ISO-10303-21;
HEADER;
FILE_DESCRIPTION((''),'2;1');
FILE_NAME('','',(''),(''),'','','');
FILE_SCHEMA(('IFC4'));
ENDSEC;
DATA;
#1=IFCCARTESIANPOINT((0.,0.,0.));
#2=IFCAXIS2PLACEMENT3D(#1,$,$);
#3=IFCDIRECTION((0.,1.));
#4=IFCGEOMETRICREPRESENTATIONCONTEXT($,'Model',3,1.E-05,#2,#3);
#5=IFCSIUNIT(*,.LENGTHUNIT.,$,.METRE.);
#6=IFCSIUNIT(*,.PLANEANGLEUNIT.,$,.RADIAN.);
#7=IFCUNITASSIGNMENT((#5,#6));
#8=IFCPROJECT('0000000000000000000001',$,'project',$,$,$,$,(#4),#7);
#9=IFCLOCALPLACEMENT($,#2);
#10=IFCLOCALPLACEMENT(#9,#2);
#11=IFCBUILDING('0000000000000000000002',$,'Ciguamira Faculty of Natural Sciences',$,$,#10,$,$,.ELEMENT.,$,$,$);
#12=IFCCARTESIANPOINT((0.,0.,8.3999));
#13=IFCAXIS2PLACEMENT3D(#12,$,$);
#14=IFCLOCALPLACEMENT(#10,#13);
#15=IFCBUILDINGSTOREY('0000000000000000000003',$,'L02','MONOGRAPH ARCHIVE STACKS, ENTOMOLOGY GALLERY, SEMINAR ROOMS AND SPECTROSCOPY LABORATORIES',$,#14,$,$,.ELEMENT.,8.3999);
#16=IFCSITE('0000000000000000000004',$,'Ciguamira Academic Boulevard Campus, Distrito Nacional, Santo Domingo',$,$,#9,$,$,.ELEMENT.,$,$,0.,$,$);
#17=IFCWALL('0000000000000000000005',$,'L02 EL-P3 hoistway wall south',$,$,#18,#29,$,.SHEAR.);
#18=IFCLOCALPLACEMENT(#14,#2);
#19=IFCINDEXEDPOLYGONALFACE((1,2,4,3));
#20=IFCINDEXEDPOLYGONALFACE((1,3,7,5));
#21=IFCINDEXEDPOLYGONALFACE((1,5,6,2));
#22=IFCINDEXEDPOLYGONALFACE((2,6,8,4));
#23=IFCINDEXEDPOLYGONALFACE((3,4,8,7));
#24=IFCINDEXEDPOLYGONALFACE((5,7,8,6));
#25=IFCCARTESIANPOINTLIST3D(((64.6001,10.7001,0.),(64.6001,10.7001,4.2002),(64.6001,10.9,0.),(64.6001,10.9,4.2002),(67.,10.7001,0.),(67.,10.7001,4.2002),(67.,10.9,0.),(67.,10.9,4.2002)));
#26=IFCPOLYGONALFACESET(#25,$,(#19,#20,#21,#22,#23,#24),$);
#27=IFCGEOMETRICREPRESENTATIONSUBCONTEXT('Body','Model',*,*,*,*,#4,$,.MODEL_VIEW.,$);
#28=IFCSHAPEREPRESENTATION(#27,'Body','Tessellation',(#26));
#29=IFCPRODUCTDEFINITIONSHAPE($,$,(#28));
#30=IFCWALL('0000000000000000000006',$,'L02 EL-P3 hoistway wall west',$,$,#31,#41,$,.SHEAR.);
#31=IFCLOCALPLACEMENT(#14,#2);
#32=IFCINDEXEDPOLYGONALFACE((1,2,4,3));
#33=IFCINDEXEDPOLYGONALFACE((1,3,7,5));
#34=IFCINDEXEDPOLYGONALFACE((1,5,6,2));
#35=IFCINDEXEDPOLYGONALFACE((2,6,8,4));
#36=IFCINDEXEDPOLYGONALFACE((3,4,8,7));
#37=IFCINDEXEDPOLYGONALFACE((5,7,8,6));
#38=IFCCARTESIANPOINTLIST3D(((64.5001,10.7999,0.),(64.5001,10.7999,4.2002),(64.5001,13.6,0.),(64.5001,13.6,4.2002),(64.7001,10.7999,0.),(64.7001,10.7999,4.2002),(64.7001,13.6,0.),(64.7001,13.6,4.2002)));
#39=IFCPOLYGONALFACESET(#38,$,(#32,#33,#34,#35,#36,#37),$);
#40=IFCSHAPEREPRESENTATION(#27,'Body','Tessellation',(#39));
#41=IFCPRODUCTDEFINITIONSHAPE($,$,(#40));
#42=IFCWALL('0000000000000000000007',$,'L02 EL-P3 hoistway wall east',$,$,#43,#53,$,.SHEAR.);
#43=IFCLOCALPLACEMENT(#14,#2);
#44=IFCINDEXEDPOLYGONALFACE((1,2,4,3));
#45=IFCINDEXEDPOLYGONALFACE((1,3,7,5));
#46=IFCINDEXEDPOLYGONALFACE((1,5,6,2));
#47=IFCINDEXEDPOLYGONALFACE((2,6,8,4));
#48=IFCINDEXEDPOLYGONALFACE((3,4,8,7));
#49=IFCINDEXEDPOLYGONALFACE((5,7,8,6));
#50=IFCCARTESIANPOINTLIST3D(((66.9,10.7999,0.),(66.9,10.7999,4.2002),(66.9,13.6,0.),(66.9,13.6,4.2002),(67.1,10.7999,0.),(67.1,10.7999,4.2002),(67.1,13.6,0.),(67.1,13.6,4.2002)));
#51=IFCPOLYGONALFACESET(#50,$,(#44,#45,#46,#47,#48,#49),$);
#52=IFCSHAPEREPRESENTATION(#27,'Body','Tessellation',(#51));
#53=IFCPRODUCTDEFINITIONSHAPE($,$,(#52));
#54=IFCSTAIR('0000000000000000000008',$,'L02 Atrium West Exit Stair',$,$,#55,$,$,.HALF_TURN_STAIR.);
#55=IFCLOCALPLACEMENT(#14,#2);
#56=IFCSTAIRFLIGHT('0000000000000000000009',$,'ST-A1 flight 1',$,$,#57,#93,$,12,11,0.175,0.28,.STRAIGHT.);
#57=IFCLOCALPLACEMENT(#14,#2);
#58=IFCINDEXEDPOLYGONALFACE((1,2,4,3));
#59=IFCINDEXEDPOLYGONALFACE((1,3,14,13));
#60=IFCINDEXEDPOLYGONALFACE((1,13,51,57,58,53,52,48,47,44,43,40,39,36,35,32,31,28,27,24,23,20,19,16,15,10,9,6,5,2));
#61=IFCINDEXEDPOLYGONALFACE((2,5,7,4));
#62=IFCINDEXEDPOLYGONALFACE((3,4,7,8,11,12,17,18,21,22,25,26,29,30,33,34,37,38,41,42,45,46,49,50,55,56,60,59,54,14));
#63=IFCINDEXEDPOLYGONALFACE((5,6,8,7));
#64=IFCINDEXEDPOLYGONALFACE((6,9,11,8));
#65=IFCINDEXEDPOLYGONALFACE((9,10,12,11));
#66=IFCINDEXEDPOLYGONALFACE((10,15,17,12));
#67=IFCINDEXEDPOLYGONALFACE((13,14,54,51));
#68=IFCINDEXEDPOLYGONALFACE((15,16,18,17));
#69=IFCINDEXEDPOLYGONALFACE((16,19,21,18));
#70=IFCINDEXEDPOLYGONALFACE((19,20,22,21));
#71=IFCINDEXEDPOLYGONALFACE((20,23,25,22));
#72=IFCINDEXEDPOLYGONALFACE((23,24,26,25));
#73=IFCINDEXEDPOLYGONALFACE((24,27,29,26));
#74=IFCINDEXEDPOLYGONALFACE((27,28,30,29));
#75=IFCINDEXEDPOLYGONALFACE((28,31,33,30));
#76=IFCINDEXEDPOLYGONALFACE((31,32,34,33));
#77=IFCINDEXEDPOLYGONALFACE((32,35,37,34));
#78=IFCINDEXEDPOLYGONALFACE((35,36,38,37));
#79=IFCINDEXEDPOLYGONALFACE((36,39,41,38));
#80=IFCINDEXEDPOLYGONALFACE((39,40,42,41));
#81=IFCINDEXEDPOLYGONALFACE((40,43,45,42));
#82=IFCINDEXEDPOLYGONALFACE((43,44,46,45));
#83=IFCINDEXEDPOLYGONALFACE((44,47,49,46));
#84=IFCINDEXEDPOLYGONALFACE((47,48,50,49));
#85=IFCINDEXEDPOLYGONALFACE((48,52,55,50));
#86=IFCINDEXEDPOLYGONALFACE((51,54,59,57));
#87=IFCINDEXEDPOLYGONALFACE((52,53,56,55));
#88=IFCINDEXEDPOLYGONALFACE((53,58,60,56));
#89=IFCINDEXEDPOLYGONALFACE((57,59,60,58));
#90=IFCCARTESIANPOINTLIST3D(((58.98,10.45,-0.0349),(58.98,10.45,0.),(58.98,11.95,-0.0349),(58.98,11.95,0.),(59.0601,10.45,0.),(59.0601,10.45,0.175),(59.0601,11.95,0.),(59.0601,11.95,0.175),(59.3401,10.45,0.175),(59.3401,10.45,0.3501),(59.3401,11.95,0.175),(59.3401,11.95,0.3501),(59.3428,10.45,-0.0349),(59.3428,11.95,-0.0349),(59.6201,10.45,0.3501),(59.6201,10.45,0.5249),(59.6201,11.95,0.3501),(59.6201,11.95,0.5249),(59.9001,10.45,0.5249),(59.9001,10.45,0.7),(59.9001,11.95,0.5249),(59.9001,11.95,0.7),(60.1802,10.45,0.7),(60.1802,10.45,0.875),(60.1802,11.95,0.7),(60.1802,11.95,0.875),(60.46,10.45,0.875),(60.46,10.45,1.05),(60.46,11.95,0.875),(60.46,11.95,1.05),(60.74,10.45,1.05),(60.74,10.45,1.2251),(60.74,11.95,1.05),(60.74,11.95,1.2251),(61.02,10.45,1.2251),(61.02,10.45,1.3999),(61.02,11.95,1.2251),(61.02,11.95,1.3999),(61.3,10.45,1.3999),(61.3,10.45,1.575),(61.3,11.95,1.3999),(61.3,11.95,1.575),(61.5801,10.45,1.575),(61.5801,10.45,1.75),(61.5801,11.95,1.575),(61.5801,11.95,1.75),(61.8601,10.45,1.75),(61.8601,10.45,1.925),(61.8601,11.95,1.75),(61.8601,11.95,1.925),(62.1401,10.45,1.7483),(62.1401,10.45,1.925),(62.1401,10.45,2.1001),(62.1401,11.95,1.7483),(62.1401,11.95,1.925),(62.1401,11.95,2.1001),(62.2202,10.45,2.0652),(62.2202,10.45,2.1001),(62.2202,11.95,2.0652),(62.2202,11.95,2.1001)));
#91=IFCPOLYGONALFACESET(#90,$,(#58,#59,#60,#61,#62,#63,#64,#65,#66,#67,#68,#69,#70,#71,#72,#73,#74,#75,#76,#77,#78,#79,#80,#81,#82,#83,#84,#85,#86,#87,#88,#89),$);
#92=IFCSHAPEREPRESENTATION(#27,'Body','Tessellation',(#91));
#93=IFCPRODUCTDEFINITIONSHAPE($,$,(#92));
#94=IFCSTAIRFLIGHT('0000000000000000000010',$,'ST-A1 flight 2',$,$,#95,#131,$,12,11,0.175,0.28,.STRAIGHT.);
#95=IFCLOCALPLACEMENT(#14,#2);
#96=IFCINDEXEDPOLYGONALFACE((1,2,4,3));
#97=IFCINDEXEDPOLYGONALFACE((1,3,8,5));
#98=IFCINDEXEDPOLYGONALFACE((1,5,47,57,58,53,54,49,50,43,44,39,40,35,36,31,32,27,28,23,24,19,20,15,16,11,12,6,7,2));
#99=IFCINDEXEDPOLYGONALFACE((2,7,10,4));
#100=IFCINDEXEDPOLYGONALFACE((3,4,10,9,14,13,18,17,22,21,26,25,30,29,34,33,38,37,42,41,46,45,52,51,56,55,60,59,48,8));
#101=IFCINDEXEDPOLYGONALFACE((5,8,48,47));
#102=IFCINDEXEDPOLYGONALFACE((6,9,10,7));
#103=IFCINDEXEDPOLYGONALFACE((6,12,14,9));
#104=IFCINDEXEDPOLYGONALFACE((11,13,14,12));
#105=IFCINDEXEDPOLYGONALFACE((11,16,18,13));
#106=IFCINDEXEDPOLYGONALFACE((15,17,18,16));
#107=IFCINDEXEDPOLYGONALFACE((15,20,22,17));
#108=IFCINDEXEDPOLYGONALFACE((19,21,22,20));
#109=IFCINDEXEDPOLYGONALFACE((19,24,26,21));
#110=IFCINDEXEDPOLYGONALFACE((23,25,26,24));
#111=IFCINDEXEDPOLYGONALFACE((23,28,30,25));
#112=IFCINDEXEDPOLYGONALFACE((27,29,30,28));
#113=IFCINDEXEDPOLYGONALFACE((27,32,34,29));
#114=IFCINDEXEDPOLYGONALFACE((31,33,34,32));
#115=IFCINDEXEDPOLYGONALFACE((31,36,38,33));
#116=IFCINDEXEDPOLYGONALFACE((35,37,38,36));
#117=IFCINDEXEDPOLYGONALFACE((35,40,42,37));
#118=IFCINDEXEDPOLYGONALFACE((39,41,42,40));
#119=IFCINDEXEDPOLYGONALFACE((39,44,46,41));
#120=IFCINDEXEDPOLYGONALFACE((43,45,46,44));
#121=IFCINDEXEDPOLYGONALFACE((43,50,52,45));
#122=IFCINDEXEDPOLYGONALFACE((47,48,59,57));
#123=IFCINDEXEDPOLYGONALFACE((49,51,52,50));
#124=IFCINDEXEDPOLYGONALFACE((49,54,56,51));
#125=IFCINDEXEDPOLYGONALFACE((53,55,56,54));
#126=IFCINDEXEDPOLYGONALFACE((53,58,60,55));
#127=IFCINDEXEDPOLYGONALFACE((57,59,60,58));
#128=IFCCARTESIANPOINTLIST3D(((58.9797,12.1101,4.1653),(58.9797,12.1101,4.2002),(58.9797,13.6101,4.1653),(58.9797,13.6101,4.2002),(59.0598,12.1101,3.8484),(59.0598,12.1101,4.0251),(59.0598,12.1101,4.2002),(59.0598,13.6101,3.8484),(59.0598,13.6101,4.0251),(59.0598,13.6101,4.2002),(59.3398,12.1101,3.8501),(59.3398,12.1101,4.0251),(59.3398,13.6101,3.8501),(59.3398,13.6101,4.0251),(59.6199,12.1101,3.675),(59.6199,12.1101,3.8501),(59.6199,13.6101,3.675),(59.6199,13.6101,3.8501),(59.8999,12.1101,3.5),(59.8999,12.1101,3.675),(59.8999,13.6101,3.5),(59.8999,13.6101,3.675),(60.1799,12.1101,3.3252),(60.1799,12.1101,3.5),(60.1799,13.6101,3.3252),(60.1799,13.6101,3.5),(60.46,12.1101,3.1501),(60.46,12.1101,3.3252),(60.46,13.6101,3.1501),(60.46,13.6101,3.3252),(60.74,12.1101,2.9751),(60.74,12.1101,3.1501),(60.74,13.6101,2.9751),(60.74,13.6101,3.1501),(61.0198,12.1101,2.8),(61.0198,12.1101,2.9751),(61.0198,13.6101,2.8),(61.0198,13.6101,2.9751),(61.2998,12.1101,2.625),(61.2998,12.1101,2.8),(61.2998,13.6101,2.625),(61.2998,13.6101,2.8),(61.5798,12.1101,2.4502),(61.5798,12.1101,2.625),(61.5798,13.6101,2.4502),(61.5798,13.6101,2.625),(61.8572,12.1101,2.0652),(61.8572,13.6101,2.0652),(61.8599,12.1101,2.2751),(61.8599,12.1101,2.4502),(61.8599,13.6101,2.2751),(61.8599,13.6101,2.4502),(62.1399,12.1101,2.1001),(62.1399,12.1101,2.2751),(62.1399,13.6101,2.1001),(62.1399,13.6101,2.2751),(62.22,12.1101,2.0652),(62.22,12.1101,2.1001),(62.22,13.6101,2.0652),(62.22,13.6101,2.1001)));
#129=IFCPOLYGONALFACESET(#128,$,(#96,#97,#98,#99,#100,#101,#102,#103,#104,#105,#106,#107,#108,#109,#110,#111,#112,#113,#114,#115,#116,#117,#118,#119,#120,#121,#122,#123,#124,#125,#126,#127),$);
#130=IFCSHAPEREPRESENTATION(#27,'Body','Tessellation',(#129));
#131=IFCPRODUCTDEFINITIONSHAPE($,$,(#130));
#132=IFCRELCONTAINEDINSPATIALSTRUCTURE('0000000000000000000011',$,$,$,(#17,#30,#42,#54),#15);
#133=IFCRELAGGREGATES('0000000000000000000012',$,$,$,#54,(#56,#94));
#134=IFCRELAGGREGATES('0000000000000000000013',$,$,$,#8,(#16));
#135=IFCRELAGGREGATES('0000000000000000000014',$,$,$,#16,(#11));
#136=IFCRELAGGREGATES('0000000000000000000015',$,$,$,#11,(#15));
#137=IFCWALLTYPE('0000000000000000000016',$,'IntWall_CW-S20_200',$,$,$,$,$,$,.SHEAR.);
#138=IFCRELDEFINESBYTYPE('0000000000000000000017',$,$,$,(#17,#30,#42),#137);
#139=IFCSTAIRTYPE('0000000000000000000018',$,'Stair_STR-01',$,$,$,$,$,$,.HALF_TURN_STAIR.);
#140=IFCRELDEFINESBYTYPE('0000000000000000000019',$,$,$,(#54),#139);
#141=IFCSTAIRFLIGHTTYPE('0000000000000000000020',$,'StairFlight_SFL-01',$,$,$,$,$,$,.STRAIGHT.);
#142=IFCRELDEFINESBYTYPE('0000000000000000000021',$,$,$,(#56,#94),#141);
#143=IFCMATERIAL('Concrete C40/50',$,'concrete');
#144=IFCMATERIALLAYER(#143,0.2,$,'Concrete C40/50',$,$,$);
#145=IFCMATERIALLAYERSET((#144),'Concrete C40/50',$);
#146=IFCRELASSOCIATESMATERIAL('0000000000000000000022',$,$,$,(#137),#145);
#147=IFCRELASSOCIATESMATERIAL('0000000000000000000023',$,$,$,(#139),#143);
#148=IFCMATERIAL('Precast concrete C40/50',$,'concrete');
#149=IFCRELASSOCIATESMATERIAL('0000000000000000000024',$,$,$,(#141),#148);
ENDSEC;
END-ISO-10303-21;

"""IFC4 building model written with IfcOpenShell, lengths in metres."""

from ifc_helpers import new_model, si_unit, direction, frame, frame_2d, origin, place, context, subcontext, project, spatial, polyline, rectangle, outline, extrude, material, layer, layer_set, type_object, element, aggregate, save


model = new_model("IFC4")

# Units and contexts
model_context = context("Model", 3, precision=1e-05, world=origin(), true_north=direction((0.0, 1.0)))
body_context = subcontext(model_context, "Body", "Model", "MODEL_VIEW")
ifc_project = project(units=[si_unit("LENGTHUNIT", "METRE"), si_unit("PLANEANGLEUNIT", "RADIAN")], contexts=[model_context])

# Site, building, storey
site_placement = place(None, origin())
site = spatial("IfcSite", under=ifc_project, at=site_placement, Name="Ciguamira Academic Boulevard Campus, Distrito Nacional, Santo Domingo", CompositionType="ELEMENT", RefElevation=0.0)
building_placement = place(site_placement, origin())
building = spatial("IfcBuilding", under=site, at=building_placement, Name="Ciguamira Faculty of Natural Sciences", CompositionType="ELEMENT")
storey_placement = place(building_placement, frame((0.0, 0.0, 8.3999)))
storey = spatial("IfcBuildingStorey", under=building, at=storey_placement, Name="L02", Description="MONOGRAPH ARCHIVE STACKS, ENTOMOLOGY GALLERY, SEMINAR ROOMS AND SPECTROSCOPY LABORATORIES", CompositionType="ELEMENT", Elevation=8.3999)

# Shared definitions
ifc_material_1 = material(Name="Concrete C40/50", Category="concrete")

# Shared definitions
ifc_layer = layer(ifc_material_1, 0.2, Name="Concrete C40/50")
ifc_layer_set = layer_set([ifc_layer], Name="Concrete C40/50")
wall_type = type_object("IfcWallType", Name="IntWall_CW-S20_200", PredefinedType="SHEAR", material=ifc_layer_set)

# Wall
wall_1_placement = place(storey_placement, frame((64.6001, 10.8, 0.0), z_axis=(0.0, 0.0, 1.0), x_axis=(1.0, 0.0, 0.0)))
element("IfcWall", 1, at=wall_1_placement, inside=storey, type_object=wall_type, Name="L02 EL-P3 hoistway wall south", PredefinedType="SHEAR", context=body_context, shape_type="SweptSolid", body=[
    extrude(rectangle(XDim=2.3999, YDim=0.2, at=frame_2d((1.2, 0.0))), origin(), (0.0, 0.0, 1.0), 4.2002),
])

# Walls
for number, where, z_axis, x_axis, name in (
    (2, (64.6001, 10.8, 0.0), (0.0, 0.0, 1.0), (0.0, 1.0, 0.0), "L02 EL-P3 hoistway wall west"),
    (3, (67.0, 10.8, 0.0), (0.0, 0.0, 1.0), (0.0, 1.0, 0.0), "L02 EL-P3 hoistway wall east"),
):
    element("IfcWall", number, at=place(storey_placement, frame(where, z_axis=z_axis, x_axis=x_axis)), inside=storey, type_object=wall_type, Name=name, PredefinedType="SHEAR", context=body_context, shape_type="SweptSolid", body=[
        extrude(rectangle(XDim=2.8, YDim=0.2, at=frame_2d((1.3999, 0.0))), origin(), (0.0, 0.0, 1.0), 4.2002),
    ])

# Stair, stair flights
stair_type = type_object("IfcStairType", Name="Stair_STR-01", PredefinedType="HALF_TURN_STAIR", material=ifc_material_1)
stair_placement = place(storey_placement, origin())
stair = element("IfcStair", 4, at=stair_placement, inside=storey, type_object=stair_type, Name="L02 Atrium West Exit Stair", PredefinedType="HALF_TURN_STAIR")
ifc_material_2 = material(Name="Precast concrete C40/50", Category="concrete")
stair_flight_type = type_object("IfcStairFlightType", Name="StairFlight_SFL-01", PredefinedType="STRAIGHT", material=ifc_material_2)
stair_flight_1_placement = place(storey_placement, frame((59.0601, 11.2, 0.0), z_axis=(0.0, 0.0, 1.0), x_axis=(1.0, 0.0, 0.0)))
stair_flight_1 = element("IfcStairFlight", 5, at=stair_flight_1_placement, type_object=stair_flight_type, Name="ST-A1 flight 1", NumberOfRisers=12, NumberOfTreads=11, PredefinedType="STRAIGHT", RiserHeight=0.175, TreadLength=0.28, context=body_context, shape_type="SweptSolid", body=[
    extrude(outline(polyline([(-0.0801, -0.0349), (-0.0801, 0.0), (0.0, 0.0), (0.0, 0.175), (0.28, 0.175), (0.28, 0.3501), (0.5601, 0.3501), (0.5601, 0.5249), (0.8401, 0.5249), (0.8401, 0.7), (1.1201, 0.7), (1.1201, 0.875), (1.3999, 0.875), (1.3999, 1.05), (1.6799, 1.05), (1.6799, 1.2251), (1.96, 1.2251), (1.96, 1.3999), (2.24, 1.3999), (2.24, 1.575), (2.52, 1.575), (2.52, 1.75), (2.8, 1.75), (2.8, 1.925), (3.0801, 1.925), (3.0801, 2.1001), (3.1602, 2.1001), (3.1602, 2.0652), (3.0801, 1.7483), (0.2827, -0.0349), (-0.0801, -0.0349)])), frame((0.0, 0.75, 0.0), z_axis=(0.0, -1.0, 0.0), x_axis=(1.0, 0.0, 0.0)), (0.0, 0.0, 1.0), 1.5),
])
stair_flight_2_placement = place(storey_placement, frame((62.1399, 12.8601, 2.1001), z_axis=(0.0, 0.0, 1.0), x_axis=(-1.0, 0.0, 0.0)))
stair_flight_2 = element("IfcStairFlight", 6, at=stair_flight_2_placement, type_object=stair_flight_type, Name="ST-A1 flight 2", NumberOfRisers=12, NumberOfTreads=11, PredefinedType="STRAIGHT", RiserHeight=0.175, TreadLength=0.28, context=body_context, shape_type="SweptSolid", body=[
    extrude(outline(polyline([(-0.0801, -0.0349), (-0.0801, 0.0), (0.0, 0.0), (0.0, 0.175), (0.28, 0.175), (0.28, 0.3501), (0.5601, 0.3501), (0.5601, 0.5249), (0.8401, 0.5249), (0.8401, 0.7), (1.1201, 0.7), (1.1201, 0.875), (1.3999, 0.875), (1.3999, 1.05), (1.6799, 1.05), (1.6799, 1.2251), (1.96, 1.2251), (1.96, 1.3999), (2.24, 1.3999), (2.24, 1.575), (2.52, 1.575), (2.52, 1.75), (2.8, 1.75), (2.8, 1.925), (3.0801, 1.925), (3.0801, 2.1001), (3.1602, 2.1001), (3.1602, 2.0652), (3.0801, 1.7483), (0.2827, -0.0349), (-0.0801, -0.0349)])), frame((0.0, 0.75, 0.0), z_axis=(0.0, -1.0, 0.0), x_axis=(1.0, 0.0, 0.0)), (0.0, 0.0, 1.0), 1.5),
])
aggregate(stair, [stair_flight_1, stair_flight_2])

save(model, "model.ifc")
